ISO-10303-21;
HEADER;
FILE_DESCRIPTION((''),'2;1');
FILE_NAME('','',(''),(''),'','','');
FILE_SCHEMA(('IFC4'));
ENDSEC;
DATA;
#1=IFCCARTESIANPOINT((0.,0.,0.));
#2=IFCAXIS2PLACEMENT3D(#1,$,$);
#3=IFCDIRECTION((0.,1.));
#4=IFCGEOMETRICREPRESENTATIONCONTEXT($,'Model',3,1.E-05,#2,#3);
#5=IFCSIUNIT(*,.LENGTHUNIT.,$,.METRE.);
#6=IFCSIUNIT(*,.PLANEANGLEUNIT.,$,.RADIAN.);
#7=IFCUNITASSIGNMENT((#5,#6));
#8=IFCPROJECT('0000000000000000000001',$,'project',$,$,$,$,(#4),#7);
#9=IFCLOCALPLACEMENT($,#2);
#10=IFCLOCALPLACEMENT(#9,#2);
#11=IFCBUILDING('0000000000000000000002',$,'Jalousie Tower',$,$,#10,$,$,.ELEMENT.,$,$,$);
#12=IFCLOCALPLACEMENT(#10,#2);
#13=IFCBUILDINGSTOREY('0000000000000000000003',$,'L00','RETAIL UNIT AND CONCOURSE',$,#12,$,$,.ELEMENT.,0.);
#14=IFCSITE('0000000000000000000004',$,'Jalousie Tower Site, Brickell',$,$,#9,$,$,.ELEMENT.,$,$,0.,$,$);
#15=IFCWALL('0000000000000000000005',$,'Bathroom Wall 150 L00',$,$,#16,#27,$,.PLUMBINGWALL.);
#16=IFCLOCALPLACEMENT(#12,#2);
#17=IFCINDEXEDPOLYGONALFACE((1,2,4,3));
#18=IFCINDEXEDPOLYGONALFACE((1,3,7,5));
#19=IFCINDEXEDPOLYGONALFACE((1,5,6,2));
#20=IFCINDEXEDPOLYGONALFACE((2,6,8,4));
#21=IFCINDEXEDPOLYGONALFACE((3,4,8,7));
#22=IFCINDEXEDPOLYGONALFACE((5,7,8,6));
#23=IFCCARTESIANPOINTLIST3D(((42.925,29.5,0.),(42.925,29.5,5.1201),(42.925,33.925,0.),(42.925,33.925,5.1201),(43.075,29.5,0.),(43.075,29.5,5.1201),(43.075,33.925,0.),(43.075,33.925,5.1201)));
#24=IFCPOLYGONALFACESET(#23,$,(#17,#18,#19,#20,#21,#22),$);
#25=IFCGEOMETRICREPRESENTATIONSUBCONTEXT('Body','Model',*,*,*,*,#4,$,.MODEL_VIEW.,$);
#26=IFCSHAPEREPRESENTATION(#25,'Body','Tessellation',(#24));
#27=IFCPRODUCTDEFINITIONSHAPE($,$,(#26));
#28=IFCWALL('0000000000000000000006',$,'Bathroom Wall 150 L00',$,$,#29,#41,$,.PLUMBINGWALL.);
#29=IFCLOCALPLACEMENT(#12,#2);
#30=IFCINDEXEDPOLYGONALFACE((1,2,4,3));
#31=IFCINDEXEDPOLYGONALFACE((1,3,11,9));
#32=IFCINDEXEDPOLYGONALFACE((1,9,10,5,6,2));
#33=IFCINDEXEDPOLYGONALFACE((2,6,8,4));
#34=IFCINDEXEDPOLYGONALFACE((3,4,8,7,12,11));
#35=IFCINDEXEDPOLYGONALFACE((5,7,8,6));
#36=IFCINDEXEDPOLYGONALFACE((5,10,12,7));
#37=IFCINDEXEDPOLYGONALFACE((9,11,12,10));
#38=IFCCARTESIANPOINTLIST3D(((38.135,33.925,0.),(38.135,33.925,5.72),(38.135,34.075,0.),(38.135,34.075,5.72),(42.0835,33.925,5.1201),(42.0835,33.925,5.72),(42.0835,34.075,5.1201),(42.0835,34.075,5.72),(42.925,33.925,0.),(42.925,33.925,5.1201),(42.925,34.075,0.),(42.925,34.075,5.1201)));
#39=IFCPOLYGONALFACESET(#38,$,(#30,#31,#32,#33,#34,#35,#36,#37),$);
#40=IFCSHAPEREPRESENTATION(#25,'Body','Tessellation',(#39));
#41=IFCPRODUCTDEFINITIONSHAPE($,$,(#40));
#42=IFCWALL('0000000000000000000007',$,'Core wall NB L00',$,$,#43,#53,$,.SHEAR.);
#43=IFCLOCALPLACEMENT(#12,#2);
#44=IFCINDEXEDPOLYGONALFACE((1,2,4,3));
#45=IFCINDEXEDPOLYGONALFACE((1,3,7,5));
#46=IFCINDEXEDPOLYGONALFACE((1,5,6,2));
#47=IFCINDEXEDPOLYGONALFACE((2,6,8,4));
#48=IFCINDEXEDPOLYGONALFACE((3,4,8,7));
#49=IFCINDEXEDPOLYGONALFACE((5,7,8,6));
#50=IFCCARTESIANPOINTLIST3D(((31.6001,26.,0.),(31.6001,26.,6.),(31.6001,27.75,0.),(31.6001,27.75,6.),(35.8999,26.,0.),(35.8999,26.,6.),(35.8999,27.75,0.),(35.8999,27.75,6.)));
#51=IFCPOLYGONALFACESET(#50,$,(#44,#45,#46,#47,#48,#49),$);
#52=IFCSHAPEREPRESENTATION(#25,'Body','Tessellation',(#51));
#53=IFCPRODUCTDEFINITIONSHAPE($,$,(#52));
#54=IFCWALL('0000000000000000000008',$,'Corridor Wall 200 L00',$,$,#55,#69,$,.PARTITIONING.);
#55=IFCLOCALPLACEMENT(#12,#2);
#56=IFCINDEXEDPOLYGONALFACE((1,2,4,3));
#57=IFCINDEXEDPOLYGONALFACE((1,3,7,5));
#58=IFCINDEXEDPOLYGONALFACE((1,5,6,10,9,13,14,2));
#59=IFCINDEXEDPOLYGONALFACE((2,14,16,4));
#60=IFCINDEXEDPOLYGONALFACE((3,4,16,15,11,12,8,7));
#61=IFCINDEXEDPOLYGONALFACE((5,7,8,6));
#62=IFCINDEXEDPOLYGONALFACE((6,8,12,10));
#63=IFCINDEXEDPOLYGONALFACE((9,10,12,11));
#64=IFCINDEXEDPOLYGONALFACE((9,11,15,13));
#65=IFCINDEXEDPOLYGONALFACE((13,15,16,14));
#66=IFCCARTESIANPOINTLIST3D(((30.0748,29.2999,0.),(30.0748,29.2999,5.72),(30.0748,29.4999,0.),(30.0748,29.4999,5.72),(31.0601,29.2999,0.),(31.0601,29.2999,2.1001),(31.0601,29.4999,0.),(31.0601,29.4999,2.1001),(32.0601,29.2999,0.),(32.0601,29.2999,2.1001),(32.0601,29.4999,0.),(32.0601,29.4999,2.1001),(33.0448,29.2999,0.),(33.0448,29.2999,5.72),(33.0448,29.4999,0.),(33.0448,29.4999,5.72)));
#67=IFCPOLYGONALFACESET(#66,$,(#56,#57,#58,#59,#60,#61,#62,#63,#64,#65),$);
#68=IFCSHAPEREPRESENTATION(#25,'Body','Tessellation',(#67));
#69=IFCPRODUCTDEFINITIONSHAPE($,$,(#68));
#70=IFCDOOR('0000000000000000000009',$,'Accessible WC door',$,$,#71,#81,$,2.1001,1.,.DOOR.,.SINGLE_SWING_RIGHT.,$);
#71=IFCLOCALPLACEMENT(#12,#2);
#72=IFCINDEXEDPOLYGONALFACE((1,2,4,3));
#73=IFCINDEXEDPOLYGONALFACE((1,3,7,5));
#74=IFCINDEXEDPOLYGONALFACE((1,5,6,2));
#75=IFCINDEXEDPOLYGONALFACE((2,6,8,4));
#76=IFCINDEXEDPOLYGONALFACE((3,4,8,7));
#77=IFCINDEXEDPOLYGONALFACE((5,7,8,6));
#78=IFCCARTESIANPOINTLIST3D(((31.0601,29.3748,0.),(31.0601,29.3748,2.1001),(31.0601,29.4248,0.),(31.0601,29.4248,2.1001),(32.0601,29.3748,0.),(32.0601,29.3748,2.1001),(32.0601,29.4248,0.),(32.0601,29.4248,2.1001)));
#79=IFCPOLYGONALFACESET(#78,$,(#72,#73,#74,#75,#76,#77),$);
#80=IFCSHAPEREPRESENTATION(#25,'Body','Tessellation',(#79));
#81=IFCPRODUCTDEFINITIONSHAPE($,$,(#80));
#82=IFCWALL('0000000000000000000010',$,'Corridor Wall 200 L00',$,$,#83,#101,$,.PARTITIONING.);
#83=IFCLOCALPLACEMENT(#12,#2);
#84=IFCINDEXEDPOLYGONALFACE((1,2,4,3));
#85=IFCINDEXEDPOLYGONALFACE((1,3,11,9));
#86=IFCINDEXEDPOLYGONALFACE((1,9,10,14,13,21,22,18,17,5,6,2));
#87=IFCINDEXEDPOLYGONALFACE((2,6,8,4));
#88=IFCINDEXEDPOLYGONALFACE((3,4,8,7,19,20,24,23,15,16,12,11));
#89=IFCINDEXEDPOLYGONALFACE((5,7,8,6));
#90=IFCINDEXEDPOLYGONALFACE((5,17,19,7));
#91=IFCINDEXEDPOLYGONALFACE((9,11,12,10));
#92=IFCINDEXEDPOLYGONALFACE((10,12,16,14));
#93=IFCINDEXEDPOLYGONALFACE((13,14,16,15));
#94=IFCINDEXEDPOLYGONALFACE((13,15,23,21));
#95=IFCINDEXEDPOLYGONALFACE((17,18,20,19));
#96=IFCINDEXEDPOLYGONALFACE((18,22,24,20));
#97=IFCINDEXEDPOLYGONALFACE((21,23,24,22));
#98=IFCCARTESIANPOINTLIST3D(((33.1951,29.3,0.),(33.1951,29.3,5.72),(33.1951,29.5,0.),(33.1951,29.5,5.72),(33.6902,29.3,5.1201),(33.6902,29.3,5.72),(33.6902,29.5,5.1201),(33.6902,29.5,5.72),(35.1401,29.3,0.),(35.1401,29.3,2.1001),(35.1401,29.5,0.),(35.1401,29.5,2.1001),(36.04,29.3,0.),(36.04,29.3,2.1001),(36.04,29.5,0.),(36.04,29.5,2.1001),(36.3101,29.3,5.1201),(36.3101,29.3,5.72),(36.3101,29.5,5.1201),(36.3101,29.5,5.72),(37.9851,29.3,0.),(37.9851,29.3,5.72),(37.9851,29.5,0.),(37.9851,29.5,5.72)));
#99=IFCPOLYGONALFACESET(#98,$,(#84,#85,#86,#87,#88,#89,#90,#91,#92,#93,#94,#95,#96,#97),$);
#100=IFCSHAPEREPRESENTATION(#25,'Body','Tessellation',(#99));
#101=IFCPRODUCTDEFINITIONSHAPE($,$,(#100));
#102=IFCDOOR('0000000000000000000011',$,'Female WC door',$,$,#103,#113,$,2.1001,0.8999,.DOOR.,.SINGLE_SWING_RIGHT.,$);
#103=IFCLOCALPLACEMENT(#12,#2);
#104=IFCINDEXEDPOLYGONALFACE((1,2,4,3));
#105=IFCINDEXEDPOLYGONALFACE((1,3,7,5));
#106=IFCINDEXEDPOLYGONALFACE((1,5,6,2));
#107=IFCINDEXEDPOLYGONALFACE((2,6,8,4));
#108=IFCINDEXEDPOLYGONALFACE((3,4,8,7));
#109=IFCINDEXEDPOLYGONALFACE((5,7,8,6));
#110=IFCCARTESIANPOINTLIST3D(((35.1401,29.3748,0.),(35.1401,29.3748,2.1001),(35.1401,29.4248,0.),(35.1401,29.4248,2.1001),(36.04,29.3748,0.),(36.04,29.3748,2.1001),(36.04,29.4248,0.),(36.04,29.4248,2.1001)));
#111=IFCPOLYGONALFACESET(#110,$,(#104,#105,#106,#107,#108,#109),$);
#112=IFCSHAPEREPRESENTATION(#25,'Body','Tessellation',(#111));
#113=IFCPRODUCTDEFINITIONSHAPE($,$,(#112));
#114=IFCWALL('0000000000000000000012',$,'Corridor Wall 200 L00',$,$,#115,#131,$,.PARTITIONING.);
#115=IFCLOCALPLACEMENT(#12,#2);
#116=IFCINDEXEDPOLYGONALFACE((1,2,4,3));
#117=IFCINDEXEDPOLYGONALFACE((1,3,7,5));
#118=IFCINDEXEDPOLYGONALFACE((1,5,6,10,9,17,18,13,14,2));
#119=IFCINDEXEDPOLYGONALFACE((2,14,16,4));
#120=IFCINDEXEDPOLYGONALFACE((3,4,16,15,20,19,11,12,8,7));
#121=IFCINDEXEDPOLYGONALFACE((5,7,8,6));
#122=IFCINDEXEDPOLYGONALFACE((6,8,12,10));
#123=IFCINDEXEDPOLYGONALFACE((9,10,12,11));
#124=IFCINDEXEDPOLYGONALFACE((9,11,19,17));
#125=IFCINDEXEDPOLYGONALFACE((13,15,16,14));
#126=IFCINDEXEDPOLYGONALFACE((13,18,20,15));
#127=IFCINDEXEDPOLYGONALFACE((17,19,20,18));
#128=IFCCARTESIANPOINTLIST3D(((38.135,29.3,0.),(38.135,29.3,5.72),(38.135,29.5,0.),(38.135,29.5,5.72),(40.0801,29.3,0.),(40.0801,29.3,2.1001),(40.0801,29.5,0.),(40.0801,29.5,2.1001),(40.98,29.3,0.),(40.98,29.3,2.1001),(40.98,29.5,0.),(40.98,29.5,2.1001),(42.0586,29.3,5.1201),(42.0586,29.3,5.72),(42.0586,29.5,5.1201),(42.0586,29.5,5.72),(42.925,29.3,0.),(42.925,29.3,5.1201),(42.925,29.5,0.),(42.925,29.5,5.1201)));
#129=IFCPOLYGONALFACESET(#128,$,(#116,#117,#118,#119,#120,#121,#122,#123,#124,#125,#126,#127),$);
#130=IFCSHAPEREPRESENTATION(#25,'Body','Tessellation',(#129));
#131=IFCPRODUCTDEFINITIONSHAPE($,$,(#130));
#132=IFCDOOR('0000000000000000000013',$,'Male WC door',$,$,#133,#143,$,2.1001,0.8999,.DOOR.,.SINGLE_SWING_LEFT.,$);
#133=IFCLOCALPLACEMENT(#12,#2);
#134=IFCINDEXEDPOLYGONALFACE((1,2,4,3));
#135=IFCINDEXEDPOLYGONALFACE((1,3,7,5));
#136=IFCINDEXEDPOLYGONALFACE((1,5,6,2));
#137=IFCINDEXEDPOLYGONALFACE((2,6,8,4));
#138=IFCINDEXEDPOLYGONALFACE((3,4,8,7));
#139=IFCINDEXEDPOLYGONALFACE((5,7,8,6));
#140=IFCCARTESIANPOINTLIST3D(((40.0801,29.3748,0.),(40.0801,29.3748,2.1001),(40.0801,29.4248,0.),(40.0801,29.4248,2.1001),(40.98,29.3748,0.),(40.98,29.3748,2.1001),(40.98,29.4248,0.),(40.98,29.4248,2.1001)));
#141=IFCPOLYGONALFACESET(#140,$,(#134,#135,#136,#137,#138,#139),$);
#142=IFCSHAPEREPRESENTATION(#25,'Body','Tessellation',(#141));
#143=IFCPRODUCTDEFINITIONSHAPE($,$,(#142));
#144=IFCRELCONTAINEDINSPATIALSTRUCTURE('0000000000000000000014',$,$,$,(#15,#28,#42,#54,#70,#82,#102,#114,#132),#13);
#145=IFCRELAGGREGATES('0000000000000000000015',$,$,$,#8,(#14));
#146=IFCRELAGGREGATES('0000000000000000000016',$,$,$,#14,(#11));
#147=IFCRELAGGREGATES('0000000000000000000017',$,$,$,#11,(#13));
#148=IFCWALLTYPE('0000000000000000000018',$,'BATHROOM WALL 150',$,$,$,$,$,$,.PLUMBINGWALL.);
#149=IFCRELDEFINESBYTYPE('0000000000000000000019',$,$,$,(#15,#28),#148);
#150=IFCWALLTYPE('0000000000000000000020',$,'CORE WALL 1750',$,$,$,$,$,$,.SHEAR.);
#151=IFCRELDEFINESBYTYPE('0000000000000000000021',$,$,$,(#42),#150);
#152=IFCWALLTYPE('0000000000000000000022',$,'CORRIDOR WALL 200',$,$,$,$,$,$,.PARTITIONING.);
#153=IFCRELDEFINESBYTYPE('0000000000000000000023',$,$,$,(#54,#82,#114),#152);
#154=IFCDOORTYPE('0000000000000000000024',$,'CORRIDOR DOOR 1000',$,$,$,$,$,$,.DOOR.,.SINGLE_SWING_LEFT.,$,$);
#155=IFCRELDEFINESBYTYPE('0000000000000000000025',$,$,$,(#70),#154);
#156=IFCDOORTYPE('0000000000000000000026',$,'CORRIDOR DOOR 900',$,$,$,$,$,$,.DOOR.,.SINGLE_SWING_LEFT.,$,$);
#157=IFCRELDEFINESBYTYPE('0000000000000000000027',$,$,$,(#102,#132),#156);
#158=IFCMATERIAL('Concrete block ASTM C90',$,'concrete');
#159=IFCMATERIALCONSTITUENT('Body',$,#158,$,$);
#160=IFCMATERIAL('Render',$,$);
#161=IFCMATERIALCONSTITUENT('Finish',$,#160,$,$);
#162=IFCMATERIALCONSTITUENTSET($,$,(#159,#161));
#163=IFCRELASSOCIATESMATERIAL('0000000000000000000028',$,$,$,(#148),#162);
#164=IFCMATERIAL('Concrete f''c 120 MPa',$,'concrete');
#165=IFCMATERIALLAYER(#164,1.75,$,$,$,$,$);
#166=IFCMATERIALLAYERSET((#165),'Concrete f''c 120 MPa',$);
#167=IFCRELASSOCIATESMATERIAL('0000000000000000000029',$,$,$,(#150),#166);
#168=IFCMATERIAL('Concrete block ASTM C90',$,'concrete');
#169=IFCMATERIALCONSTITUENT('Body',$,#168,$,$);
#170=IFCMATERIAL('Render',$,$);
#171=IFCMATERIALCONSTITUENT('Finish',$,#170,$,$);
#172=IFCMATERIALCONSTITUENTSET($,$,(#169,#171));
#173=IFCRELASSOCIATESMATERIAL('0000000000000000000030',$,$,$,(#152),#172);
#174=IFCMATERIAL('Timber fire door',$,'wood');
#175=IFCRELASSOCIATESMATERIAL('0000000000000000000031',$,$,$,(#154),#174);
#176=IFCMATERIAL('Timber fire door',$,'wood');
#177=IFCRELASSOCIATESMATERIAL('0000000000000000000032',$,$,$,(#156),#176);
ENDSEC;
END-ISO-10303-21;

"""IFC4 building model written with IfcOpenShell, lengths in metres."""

from ifc_helpers import new_model, si_unit, direction, frame, frame_2d, origin, place, context, subcontext, project, spatial, polyline, rectangle, outline, extrude, material, layer, layer_set, constituent, constituent_set, type_object, element, fill, save


model = new_model("IFC4")

# Units and contexts
model_context = context("Model", 3, precision=1e-05, world=origin(), true_north=direction((0.0, 1.0)))
body_context = subcontext(model_context, "Body", "Model", "MODEL_VIEW")
ifc_project = project(units=[si_unit("LENGTHUNIT", "METRE"), si_unit("PLANEANGLEUNIT", "RADIAN")], contexts=[model_context])

# Site, building, storey
site_placement = place(None, origin())
site = spatial("IfcSite", under=ifc_project, at=site_placement, Name="Jalousie Tower Site, Brickell", CompositionType="ELEMENT", RefElevation=0.0)
building_placement = place(site_placement, origin())
building = spatial("IfcBuilding", under=site, at=building_placement, Name="Jalousie Tower", CompositionType="ELEMENT")
storey_placement = place(building_placement, origin())
storey = spatial("IfcBuildingStorey", under=building, at=storey_placement, Name="L00", Description="RETAIL UNIT AND CONCOURSE", CompositionType="ELEMENT", Elevation=0.0)

# Walls
ifc_material_1 = material(Name="Concrete block ASTM C90", Category="concrete")
ifc_constituent_1 = constituent(ifc_material_1, Name="Body")
ifc_material_2 = material(Name="Render")
ifc_constituent_2 = constituent(ifc_material_2, Name="Finish")
ifc_constituent_set_1 = constituent_set(constituents=[ifc_constituent_1, ifc_constituent_2])
wall_type_1 = type_object("IfcWallType", Name="BATHROOM WALL 150", PredefinedType="PLUMBINGWALL", material=ifc_constituent_set_1)
wall_1_placement = place(storey_placement, frame((43.0, 29.5, 0.0), z_axis=(0.0, 0.0, 1.0), x_axis=(0.0, 1.0, 0.0)))
element("IfcWall", 1, at=wall_1_placement, inside=storey, type_object=wall_type_1, Name="Bathroom Wall 150 L00", PredefinedType="PLUMBINGWALL", context=body_context, shape_type="SweptSolid", body=[
    extrude(outline(polyline([(0.0, 0.0), (4.425, 0.0), (4.425, 5.72), (4.425, 5.1201), (0.0, 5.1201), (0.0, 5.72), (0.0, 0.0)])), frame((0.0, 0.075, 0.0), z_axis=(0.0, -1.0, 0.0), x_axis=(1.0, 0.0, 0.0)), (0.0, 0.0, 1.0), 0.1499),
])
wall_2_placement = place(storey_placement, frame((38.135, 34.0, 0.0), z_axis=(0.0, 0.0, 1.0), x_axis=(1.0, 0.0, 0.0)))
element("IfcWall", 2, at=wall_2_placement, inside=storey, type_object=wall_type_1, Name="Bathroom Wall 150 L00", PredefinedType="PLUMBINGWALL", context=body_context, shape_type="SweptSolid", body=[
    extrude(outline(polyline([(0.0, 0.0), (4.79, 0.0), (4.79, 5.72), (4.79, 5.1201), (3.9485, 5.1201), (3.9485, 5.72), (0.0, 5.72), (0.0, 0.0)])), frame((0.0, 0.075, 0.0), z_axis=(0.0, -1.0, 0.0), x_axis=(1.0, 0.0, 0.0)), (0.0, 0.0, 1.0), 0.1499),
])
ifc_material_3 = material(Name="Concrete f'c 120 MPa", Category="concrete")
ifc_layer_1 = layer(ifc_material_3, 1.75)
ifc_layer_set_1 = layer_set([ifc_layer_1], Name="Concrete f'c 120 MPa")
wall_type_2 = type_object("IfcWallType", Name="CORE WALL 1750", PredefinedType="SHEAR", material=ifc_layer_set_1)
wall_3_placement = place(storey_placement, frame((35.8999, 26.875, 0.0), z_axis=(0.0, 0.0, 1.0), x_axis=(-1.0, 0.0, 0.0)))
element("IfcWall", 3, at=wall_3_placement, inside=storey, type_object=wall_type_2, Name="Core wall NB L00", PredefinedType="SHEAR", context=body_context, shape_type="SweptSolid", body=[
    extrude(rectangle(XDim=4.2998, YDim=1.75, at=frame_2d((2.1499, 0.0))), origin(), (0.0, 0.0, 1.0), 6.0),
])

# Walls, openings, doors
ifc_material_4 = material(Name="Concrete block ASTM C90", Category="concrete")
ifc_constituent_3 = constituent(ifc_material_4, Name="Body")
ifc_material_5 = material(Name="Render")
ifc_constituent_4 = constituent(ifc_material_5, Name="Finish")
ifc_constituent_set_2 = constituent_set(constituents=[ifc_constituent_3, ifc_constituent_4])
wall_type_3 = type_object("IfcWallType", Name="CORRIDOR WALL 200", PredefinedType="PARTITIONING", material=ifc_constituent_set_2)
wall_4_placement = place(storey_placement, frame((30.075, 29.3999, 0.0), z_axis=(0.0, 0.0, 1.0), x_axis=(1.0, 0.0, 0.0)))
wall_4 = element("IfcWall", 4, at=wall_4_placement, inside=storey, type_object=wall_type_3, Name="Corridor Wall 200 L00", PredefinedType="PARTITIONING", context=body_context, shape_type="SweptSolid", body=[
    extrude(rectangle(XDim=2.97, YDim=0.2, at=frame_2d((1.4849, 0.0))), origin(), (0.0, 0.0, 1.0), 5.72),
])
opening_1_placement = place(wall_4_placement, frame((0.9851, 0.0, 0.0)))
opening_1 = element("IfcOpeningElement", 5, at=opening_1_placement, cuts=wall_4, PredefinedType="OPENING", context=body_context, shape_type="SweptSolid", body=[
    extrude(rectangle(XDim=1.0, YDim=2.1001, at=frame_2d((0.5, 1.05))), frame((0.0, 0.1099, 0.0), z_axis=(0.0, -1.0, 0.0), x_axis=(1.0, 0.0, 0.0)), (0.0, 0.0, 1.0), 0.22),
])
ifc_material_6 = material(Name="Timber fire door", Category="wood")
door_type_1 = type_object("IfcDoorType", Name="CORRIDOR DOOR 1000", OperationType="SINGLE_SWING_LEFT", PredefinedType="DOOR", material=ifc_material_6)
door_1_placement = place(opening_1_placement, origin())
door_1 = element("IfcDoor", 6, at=door_1_placement, inside=storey, type_object=door_type_1, Name="Accessible WC door", OperationType="SINGLE_SWING_RIGHT", OverallHeight=2.1001, OverallWidth=1.0, PredefinedType="DOOR", context=body_context, shape_type="SweptSolid", body=[
    extrude(rectangle(XDim=1.0, YDim=2.1001, at=frame_2d((0.5, 1.05))), frame((0.0, 0.0249, 0.0), z_axis=(0.0, -1.0, 0.0), x_axis=(1.0, 0.0, 0.0)), (0.0, 0.0, 1.0), 0.05),
])
fill(opening_1, door_1)
wall_5_placement = place(storey_placement, frame((33.1951, 29.3999, 0.0), z_axis=(0.0, 0.0, 1.0), x_axis=(1.0, 0.0, 0.0)))
wall_5 = element("IfcWall", 7, at=wall_5_placement, inside=storey, type_object=wall_type_3, Name="Corridor Wall 200 L00", PredefinedType="PARTITIONING", context=body_context, shape_type="SweptSolid", body=[
    extrude(outline(polyline([(0.0, 0.0), (4.79, 0.0), (4.79, 5.72), (3.115, 5.72), (3.115, 5.1201), (0.4951, 5.1201), (0.4951, 5.72), (0.0, 5.72), (0.0, 0.0)])), frame((0.0, 0.1001, 0.0), z_axis=(0.0, -1.0, 0.0), x_axis=(1.0, 0.0, 0.0)), (0.0, 0.0, 1.0), 0.2),
])
opening_2_placement = place(wall_5_placement, frame((1.9451, 0.0, 0.0)))
opening_2 = element("IfcOpeningElement", 8, at=opening_2_placement, cuts=wall_5, PredefinedType="OPENING", context=body_context, shape_type="SweptSolid", body=[
    extrude(rectangle(XDim=0.8999, YDim=2.1001, at=frame_2d((0.45, 1.05))), frame((0.0, 0.1099, 0.0), z_axis=(0.0, -1.0, 0.0), x_axis=(1.0, 0.0, 0.0)), (0.0, 0.0, 1.0), 0.22),
])
ifc_material_7 = material(Name="Timber fire door", Category="wood")
door_type_2 = type_object("IfcDoorType", Name="CORRIDOR DOOR 900", OperationType="SINGLE_SWING_LEFT", PredefinedType="DOOR", material=ifc_material_7)
door_2_placement = place(opening_2_placement, origin())
door_2 = element("IfcDoor", 9, at=door_2_placement, inside=storey, type_object=door_type_2, Name="Female WC door", OperationType="SINGLE_SWING_RIGHT", OverallHeight=2.1001, OverallWidth=0.8999, PredefinedType="DOOR", context=body_context, shape_type="SweptSolid", body=[
    extrude(rectangle(XDim=0.8999, YDim=2.1001, at=frame_2d((0.45, 1.05))), frame((0.0, 0.0249, 0.0), z_axis=(0.0, -1.0, 0.0), x_axis=(1.0, 0.0, 0.0)), (0.0, 0.0, 1.0), 0.05),
])
fill(opening_2, door_2)
wall_6_placement = place(storey_placement, frame((38.135, 29.3999, 0.0), z_axis=(0.0, 0.0, 1.0), x_axis=(1.0, 0.0, 0.0)))
wall_6 = element("IfcWall", 10, at=wall_6_placement, inside=storey, type_object=wall_type_3, Name="Corridor Wall 200 L00", PredefinedType="PARTITIONING", context=body_context, shape_type="SweptSolid", body=[
    extrude(outline(polyline([(0.0, 0.0), (4.79, 0.0), (4.79, 5.72), (4.79, 5.1201), (3.9236, 5.1201), (3.9236, 5.72), (0.0, 5.72), (0.0, 0.0)])), frame((0.0, 0.1001, 0.0), z_axis=(0.0, -1.0, 0.0), x_axis=(1.0, 0.0, 0.0)), (0.0, 0.0, 1.0), 0.2),
])
opening_3_placement = place(wall_6_placement, frame((1.9451, 0.0, 0.0)))
opening_3 = element("IfcOpeningElement", 11, at=opening_3_placement, cuts=wall_6, PredefinedType="OPENING", context=body_context, shape_type="SweptSolid", body=[
    extrude(rectangle(XDim=0.8999, YDim=2.1001, at=frame_2d((0.45, 1.05))), frame((0.0, 0.1099, 0.0), z_axis=(0.0, -1.0, 0.0), x_axis=(1.0, 0.0, 0.0)), (0.0, 0.0, 1.0), 0.22),
])
door_3_placement = place(opening_3_placement, origin())
door_3 = element("IfcDoor", 12, at=door_3_placement, inside=storey, type_object=door_type_2, Name="Male WC door", OperationType="SINGLE_SWING_LEFT", OverallHeight=2.1001, OverallWidth=0.8999, PredefinedType="DOOR", context=body_context, shape_type="SweptSolid", body=[
    extrude(rectangle(XDim=0.8999, YDim=2.1001, at=frame_2d((0.45, 1.05))), frame((0.0, 0.0249, 0.0), z_axis=(0.0, -1.0, 0.0), x_axis=(1.0, 0.0, 0.0)), (0.0, 0.0, 1.0), 0.05),
])
fill(opening_3, door_3)

save(model, "model.ifc")
